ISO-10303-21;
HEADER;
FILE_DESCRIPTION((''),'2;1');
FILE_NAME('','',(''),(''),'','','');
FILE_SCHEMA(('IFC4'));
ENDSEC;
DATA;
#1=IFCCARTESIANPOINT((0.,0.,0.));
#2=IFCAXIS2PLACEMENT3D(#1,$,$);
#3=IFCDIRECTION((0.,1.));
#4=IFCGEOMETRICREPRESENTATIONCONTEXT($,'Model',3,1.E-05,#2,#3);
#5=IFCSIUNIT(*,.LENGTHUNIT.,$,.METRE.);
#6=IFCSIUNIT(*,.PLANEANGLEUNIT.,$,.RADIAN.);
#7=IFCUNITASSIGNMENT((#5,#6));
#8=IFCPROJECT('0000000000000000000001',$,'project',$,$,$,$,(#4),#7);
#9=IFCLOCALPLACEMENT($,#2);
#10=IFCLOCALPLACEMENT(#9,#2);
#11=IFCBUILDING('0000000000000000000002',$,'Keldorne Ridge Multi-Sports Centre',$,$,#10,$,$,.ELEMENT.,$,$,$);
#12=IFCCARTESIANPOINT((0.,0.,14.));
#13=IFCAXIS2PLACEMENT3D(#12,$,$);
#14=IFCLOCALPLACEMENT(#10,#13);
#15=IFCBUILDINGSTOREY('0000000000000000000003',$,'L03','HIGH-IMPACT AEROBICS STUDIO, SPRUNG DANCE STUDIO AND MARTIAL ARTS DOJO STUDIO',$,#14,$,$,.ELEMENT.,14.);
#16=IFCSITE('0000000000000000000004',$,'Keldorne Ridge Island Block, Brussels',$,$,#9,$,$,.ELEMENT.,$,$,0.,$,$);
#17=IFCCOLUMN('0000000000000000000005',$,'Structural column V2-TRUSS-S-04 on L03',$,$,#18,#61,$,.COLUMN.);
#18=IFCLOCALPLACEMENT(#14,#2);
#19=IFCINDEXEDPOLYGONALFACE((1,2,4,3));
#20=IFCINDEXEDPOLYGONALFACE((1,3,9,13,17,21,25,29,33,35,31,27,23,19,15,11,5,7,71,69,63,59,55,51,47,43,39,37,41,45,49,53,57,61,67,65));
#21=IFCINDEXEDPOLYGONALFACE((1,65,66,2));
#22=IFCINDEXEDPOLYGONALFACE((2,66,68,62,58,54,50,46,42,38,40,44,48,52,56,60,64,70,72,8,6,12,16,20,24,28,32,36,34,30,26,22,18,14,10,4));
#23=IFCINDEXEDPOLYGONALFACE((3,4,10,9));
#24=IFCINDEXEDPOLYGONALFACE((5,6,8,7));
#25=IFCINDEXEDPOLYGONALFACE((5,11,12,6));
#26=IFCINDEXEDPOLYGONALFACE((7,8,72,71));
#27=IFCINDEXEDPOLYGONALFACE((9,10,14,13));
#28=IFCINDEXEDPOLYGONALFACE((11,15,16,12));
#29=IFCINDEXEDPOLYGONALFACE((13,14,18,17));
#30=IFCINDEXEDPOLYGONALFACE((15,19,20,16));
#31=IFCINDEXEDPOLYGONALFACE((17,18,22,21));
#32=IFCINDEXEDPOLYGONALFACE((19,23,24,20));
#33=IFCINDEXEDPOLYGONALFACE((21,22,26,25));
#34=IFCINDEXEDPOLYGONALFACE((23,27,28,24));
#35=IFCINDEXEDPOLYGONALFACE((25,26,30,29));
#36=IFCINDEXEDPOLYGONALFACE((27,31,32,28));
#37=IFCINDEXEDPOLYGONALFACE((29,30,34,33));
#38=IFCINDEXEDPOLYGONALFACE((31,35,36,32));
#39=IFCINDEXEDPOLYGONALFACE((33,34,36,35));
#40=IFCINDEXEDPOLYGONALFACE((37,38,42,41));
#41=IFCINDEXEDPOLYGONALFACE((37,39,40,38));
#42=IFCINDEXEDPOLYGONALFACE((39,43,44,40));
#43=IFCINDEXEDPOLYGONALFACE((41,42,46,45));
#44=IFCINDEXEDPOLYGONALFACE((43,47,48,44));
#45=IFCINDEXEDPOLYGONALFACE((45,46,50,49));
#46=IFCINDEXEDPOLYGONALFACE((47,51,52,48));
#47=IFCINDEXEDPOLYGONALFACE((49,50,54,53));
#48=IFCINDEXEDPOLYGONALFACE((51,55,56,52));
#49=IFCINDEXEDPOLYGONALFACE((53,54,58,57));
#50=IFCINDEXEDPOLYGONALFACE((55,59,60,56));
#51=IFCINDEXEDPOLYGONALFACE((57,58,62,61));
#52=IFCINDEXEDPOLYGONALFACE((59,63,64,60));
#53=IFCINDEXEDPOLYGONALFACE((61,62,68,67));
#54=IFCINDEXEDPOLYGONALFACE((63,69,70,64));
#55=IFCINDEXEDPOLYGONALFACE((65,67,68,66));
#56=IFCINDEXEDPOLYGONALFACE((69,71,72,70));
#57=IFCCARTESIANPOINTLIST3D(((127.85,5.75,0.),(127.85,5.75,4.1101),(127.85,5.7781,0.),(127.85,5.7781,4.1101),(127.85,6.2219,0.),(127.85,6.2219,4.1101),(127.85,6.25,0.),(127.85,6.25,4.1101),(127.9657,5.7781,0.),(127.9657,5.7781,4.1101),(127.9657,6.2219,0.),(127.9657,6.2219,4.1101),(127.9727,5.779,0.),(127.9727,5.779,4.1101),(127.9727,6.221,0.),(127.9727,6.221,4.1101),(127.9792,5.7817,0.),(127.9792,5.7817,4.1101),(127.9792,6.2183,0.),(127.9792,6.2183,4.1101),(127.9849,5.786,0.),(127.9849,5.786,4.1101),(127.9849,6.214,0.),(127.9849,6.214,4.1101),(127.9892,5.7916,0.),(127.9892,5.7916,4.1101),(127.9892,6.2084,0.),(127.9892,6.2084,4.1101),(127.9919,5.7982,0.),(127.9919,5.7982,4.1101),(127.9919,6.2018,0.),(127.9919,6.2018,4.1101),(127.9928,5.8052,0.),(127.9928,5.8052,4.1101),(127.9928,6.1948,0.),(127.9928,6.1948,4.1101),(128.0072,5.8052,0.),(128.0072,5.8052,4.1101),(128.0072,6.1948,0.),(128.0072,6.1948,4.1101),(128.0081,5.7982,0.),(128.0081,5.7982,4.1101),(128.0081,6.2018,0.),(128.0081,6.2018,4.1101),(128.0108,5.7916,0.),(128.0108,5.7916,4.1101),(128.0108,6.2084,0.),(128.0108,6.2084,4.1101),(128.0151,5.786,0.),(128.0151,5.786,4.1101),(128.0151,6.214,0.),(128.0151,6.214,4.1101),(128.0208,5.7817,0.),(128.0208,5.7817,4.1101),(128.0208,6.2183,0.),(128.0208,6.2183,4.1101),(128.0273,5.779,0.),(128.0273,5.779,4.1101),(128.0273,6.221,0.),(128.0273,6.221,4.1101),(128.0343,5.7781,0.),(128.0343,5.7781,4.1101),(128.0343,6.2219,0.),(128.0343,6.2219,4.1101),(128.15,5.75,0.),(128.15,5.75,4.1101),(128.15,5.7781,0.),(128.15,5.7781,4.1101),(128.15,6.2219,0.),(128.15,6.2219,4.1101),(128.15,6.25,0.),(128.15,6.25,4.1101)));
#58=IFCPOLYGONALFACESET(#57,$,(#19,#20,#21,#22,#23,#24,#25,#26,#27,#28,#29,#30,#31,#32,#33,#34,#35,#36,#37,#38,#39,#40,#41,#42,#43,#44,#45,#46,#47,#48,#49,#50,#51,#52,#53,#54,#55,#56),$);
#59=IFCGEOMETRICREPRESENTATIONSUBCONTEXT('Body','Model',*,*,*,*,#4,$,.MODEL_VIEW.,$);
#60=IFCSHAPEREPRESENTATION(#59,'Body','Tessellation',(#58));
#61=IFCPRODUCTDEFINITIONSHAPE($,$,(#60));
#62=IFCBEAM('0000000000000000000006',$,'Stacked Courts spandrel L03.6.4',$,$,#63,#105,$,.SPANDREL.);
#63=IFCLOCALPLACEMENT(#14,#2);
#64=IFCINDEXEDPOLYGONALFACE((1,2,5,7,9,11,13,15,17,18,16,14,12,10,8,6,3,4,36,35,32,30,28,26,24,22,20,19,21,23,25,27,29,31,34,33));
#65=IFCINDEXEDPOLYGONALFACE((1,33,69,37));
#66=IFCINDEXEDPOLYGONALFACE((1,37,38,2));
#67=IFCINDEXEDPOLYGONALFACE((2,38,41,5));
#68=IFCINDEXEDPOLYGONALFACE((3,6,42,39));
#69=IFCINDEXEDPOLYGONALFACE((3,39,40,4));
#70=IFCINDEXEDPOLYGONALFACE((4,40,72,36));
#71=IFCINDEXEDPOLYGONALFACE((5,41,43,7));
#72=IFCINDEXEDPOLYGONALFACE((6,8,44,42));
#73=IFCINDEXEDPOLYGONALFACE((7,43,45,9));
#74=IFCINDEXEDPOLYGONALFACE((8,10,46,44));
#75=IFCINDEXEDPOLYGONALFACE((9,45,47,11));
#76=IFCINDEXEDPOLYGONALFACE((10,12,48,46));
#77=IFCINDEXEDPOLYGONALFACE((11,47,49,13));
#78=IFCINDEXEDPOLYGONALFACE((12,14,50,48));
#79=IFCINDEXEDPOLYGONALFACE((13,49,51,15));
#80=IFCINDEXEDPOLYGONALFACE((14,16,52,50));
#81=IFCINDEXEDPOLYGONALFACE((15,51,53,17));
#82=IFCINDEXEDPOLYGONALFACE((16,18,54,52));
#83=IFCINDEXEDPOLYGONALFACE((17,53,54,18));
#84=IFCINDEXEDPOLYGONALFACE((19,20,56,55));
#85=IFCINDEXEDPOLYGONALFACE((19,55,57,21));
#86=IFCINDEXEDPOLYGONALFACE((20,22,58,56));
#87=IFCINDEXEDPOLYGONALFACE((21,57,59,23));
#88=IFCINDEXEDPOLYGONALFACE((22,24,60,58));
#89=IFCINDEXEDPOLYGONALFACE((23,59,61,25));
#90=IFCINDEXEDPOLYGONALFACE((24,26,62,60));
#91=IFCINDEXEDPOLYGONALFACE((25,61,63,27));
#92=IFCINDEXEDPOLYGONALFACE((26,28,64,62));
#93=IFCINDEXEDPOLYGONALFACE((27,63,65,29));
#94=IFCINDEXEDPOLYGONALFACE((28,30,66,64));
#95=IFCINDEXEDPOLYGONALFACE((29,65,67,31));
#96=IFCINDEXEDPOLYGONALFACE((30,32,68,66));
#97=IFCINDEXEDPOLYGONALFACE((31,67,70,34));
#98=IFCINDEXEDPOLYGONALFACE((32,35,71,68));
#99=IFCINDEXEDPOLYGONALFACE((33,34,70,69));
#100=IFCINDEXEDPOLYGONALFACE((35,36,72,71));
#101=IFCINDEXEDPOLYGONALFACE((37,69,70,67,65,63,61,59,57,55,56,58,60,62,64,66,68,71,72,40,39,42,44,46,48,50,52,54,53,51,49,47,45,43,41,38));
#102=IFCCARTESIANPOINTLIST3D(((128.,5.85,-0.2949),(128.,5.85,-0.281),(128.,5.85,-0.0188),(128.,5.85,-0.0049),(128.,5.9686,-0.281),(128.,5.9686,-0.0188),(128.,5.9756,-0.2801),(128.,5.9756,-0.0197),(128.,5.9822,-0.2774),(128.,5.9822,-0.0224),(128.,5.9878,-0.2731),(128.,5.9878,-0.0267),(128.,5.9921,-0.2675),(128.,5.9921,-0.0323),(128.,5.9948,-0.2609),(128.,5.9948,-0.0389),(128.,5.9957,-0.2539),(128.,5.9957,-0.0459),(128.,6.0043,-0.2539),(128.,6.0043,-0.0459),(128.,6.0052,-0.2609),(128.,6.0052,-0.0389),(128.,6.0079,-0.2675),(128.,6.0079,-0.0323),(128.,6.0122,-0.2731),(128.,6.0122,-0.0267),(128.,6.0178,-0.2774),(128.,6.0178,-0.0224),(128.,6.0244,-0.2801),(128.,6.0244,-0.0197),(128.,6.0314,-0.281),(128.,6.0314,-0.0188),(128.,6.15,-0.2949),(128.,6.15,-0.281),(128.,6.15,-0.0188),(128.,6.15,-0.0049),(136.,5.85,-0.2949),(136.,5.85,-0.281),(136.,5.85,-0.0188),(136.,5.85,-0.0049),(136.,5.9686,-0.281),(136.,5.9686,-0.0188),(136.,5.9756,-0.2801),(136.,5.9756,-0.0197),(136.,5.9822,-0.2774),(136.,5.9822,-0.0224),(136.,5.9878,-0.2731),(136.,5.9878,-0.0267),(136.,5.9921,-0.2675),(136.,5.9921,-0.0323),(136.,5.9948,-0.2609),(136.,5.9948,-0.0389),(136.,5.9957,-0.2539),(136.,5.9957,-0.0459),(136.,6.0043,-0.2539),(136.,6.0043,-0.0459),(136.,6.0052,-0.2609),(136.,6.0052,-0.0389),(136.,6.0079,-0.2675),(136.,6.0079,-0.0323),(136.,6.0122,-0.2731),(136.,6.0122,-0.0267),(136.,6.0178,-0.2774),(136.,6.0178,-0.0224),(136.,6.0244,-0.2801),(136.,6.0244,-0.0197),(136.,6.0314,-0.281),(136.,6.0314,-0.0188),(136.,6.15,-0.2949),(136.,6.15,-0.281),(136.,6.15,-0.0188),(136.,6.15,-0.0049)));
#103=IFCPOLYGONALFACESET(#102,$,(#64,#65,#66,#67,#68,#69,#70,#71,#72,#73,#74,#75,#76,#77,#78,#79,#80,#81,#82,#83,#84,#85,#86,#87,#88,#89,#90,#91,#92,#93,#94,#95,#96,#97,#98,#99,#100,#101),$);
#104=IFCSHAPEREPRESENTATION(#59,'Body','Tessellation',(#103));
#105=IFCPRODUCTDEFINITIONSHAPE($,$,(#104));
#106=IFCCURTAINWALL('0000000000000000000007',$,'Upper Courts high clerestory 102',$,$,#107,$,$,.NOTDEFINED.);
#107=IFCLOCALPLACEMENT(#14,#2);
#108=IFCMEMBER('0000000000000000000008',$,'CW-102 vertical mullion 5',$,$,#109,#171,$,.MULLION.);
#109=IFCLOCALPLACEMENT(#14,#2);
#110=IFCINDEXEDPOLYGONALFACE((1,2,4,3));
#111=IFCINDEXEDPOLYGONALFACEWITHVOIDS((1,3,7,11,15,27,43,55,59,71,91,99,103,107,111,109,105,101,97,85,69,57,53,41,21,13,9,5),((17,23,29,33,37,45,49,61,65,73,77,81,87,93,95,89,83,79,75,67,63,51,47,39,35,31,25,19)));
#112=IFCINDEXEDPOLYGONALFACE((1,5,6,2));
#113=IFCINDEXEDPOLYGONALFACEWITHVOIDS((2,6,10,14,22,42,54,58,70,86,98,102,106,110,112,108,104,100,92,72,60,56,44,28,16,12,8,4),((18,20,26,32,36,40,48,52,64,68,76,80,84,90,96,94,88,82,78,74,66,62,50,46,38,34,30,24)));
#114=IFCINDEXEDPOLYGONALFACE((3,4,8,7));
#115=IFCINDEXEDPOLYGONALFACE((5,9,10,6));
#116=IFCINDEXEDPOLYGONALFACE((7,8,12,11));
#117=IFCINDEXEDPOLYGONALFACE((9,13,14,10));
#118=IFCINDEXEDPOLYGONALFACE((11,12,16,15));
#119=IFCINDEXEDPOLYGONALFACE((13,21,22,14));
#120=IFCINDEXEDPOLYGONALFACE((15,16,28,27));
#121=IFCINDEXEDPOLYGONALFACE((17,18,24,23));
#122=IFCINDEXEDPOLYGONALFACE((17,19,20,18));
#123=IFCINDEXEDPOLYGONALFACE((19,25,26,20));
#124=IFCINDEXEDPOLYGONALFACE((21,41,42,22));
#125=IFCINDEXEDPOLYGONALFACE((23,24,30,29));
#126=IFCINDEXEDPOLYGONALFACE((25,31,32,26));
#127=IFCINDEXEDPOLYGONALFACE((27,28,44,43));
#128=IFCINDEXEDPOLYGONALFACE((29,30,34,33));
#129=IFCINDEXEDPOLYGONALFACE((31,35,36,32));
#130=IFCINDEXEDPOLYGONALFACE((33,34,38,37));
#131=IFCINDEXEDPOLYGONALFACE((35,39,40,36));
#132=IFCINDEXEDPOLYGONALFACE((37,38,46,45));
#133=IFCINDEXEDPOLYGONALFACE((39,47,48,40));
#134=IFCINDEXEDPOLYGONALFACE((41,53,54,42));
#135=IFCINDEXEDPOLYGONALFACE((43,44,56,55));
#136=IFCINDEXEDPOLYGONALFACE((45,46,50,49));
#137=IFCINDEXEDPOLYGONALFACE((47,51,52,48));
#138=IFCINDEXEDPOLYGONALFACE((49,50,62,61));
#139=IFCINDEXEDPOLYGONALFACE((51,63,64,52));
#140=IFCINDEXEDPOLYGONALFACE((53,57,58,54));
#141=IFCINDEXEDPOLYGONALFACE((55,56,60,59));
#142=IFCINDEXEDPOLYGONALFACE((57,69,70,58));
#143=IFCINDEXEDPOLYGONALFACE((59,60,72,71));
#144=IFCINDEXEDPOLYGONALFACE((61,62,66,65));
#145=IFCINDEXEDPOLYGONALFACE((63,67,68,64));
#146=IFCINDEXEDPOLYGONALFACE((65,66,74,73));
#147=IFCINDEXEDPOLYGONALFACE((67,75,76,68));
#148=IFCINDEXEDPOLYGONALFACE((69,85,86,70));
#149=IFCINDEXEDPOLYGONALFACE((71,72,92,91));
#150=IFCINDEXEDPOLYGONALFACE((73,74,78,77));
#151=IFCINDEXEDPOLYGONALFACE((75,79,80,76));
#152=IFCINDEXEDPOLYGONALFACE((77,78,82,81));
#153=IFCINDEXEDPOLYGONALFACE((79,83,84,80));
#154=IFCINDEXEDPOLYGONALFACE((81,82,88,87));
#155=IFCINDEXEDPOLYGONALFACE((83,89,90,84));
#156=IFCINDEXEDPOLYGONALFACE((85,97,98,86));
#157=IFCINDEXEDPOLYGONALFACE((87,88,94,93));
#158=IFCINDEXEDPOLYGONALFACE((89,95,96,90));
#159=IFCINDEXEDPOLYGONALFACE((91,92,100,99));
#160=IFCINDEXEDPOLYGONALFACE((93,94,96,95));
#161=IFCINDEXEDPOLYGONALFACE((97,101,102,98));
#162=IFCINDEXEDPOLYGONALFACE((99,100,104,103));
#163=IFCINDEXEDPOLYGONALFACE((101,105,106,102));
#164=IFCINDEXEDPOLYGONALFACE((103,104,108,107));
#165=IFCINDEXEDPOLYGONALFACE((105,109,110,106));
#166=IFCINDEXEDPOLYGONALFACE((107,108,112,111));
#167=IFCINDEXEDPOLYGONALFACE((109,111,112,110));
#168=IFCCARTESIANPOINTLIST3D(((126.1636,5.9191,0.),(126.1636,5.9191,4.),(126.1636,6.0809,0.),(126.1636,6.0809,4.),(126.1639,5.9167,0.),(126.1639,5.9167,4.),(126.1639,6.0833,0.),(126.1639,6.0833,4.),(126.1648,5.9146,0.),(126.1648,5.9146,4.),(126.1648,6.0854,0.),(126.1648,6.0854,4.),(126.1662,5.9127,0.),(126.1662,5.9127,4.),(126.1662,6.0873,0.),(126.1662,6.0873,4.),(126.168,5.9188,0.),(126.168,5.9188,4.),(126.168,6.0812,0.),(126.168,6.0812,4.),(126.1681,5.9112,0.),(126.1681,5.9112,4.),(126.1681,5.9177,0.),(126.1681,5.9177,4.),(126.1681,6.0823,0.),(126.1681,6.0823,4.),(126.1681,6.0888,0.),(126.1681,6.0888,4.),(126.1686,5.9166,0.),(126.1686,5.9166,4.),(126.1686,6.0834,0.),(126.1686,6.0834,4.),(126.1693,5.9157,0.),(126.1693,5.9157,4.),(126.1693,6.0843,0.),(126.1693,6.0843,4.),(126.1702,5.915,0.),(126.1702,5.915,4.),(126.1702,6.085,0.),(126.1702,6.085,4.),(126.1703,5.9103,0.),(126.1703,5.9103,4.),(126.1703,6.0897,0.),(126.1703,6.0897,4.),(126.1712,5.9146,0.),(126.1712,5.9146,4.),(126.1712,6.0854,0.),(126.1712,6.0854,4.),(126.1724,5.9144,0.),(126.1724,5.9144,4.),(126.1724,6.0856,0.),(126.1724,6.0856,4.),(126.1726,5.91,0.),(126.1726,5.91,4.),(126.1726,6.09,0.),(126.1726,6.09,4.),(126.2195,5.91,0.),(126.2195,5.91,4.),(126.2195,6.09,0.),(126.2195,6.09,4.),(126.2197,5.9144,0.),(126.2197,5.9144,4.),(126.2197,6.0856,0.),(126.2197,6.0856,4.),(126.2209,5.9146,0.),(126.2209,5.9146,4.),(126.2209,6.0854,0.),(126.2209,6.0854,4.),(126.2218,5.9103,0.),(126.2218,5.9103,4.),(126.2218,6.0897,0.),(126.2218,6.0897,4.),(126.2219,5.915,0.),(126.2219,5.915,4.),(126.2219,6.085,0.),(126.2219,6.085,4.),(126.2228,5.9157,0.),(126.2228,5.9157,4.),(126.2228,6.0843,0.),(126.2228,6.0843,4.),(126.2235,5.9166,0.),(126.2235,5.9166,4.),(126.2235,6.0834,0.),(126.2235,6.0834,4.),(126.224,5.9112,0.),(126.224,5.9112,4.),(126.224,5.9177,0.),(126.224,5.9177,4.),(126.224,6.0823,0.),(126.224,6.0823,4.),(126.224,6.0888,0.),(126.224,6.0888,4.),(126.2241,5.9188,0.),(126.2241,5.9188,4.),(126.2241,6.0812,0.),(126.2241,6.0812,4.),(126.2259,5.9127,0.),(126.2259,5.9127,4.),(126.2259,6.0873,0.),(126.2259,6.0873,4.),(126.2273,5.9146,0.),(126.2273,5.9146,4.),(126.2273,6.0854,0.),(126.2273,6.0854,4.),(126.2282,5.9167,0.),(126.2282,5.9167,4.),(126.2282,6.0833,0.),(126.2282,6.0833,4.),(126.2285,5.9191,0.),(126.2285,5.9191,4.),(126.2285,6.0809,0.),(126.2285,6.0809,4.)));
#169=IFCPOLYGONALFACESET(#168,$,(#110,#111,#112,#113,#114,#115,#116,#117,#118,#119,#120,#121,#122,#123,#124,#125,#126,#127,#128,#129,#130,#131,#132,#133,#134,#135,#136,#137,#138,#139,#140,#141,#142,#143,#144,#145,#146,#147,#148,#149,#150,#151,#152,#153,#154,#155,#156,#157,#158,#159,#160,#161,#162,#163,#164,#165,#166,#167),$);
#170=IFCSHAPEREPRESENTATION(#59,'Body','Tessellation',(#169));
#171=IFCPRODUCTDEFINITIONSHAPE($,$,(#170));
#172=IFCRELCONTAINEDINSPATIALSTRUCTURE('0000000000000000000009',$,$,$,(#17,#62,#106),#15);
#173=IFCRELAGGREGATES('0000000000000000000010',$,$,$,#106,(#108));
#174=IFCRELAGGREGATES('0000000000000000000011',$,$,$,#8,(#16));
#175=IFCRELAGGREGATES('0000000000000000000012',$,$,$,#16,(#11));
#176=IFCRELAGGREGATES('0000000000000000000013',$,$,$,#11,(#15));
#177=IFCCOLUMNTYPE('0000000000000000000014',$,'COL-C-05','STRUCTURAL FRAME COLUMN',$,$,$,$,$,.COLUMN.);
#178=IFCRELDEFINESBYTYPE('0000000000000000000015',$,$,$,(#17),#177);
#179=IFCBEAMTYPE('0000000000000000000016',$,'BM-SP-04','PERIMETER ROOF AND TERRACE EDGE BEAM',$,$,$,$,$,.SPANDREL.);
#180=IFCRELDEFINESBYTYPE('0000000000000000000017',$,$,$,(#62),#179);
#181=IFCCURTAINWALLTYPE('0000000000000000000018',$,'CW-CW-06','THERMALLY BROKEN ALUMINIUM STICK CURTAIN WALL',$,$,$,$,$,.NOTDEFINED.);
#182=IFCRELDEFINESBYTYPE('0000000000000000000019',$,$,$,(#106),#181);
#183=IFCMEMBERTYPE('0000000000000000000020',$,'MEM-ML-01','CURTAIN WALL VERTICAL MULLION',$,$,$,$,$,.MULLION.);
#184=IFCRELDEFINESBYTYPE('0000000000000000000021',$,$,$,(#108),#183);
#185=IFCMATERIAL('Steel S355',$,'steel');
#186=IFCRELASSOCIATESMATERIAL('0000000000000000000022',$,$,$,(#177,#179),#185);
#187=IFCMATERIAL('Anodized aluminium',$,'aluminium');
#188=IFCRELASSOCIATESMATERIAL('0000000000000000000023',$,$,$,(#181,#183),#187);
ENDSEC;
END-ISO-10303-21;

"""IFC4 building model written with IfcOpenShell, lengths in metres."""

from ifc_helpers import new_model, si_unit, direction, frame, origin, origin_2d, place, context, subcontext, project, spatial, hollow_rectangle, i_section, extrude, material, material_profile, profile_set, type_object, element, aggregate, save


model = new_model("IFC4")

# Units and contexts
model_context = context("Model", 3, precision=1e-05, world=origin(), true_north=direction((0.0, 1.0)))
body_context = subcontext(model_context, "Body", "Model", "MODEL_VIEW")
ifc_project = project(units=[si_unit("LENGTHUNIT", "METRE"), si_unit("PLANEANGLEUNIT", "RADIAN")], contexts=[model_context])

# Site, building, storey
site_placement = place(None, origin())
site = spatial("IfcSite", under=ifc_project, at=site_placement, Name="Keldorne Ridge Island Block, Brussels", CompositionType="ELEMENT", RefElevation=0.0)
building_placement = place(site_placement, origin())
building = spatial("IfcBuilding", under=site, at=building_placement, Name="Keldorne Ridge Multi-Sports Centre", CompositionType="ELEMENT")
storey_placement = place(building_placement, frame((0.0, 0.0, 14.0)))
storey = spatial("IfcBuildingStorey", under=building, at=storey_placement, Name="L03", Description="HIGH-IMPACT AEROBICS STUDIO, SPRUNG DANCE STUDIO AND MARTIAL ARTS DOJO STUDIO", CompositionType="ELEMENT", Elevation=14.0)

# Column
ifc_material_1 = material(Name="Steel S355", Category="steel")
ifc_material_profile_1 = material_profile(ifc_material_1, i_section(OverallWidth=0.3, OverallDepth=0.5, WebThickness=0.0144, FlangeThickness=0.0281, FilletRadius=0.0271, at=origin_2d()), Name="HEB 500")
ifc_profile_set_1 = profile_set([ifc_material_profile_1], Name="Steel S355")
column_type = type_object("IfcColumnType", Name="COL-C-05", Description="STRUCTURAL FRAME COLUMN", PredefinedType="COLUMN", material=ifc_profile_set_1)
column_placement = place(storey_placement, frame((128.0, 6.0, 0.0), z_axis=(0.0, 0.0, 1.0), x_axis=(1.0, 0.0, 0.0)))
element("IfcColumn", 1, at=column_placement, inside=storey, type_object=column_type, Name="Structural column V2-TRUSS-S-04 on L03", PredefinedType="COLUMN", context=body_context, shape_type="SweptSolid", body=[
    extrude(i_section(OverallWidth=0.3, OverallDepth=0.5, WebThickness=0.0144, FlangeThickness=0.0281, FilletRadius=0.0271, at=origin_2d()), origin(), (0.0, 0.0, 1.0), 4.1101),
])

# Beam
ifc_material_profile_2 = material_profile(ifc_material_1, i_section(OverallWidth=0.3, OverallDepth=0.29, WebThickness=0.0085, FlangeThickness=0.0139, FilletRadius=0.0271, at=origin_2d()), Name="HEA 300")
ifc_profile_set_2 = profile_set([ifc_material_profile_2], Name="Steel S355")
beam_type = type_object("IfcBeamType", Name="BM-SP-04", Description="PERIMETER ROOF AND TERRACE EDGE BEAM", PredefinedType="SPANDREL", material=ifc_profile_set_2)
beam_placement = place(storey_placement, frame((128.0, 6.0, -0.1499), z_axis=(1.0, 0.0, 0.0), x_axis=(0.0, 1.0, 0.0)))
element("IfcBeam", 2, at=beam_placement, inside=storey, type_object=beam_type, Name="Stacked Courts spandrel L03.6.4", PredefinedType="SPANDREL", context=body_context, shape_type="SweptSolid", body=[
    extrude(i_section(OverallWidth=0.3, OverallDepth=0.29, WebThickness=0.0085, FlangeThickness=0.0139, FilletRadius=0.0271, at=origin_2d()), origin(), (0.0, 0.0, 1.0), 8.0),
])

# Curtain wall, member
ifc_material_2 = material(Name="Anodized aluminium", Category="aluminium")
curtain_wall_type_1 = type_object("IfcCurtainWallType", Name="CW-CW-06", Description="THERMALLY BROKEN ALUMINIUM STICK CURTAIN WALL", PredefinedType="NOTDEFINED", material=ifc_material_2)
curtain_wall_1_placement = place(storey_placement, origin())
curtain_wall_1 = element("IfcCurtainWall", 3, at=curtain_wall_1_placement, inside=storey, type_object=curtain_wall_type_1, Name="Upper Courts high clerestory 102", PredefinedType="NOTDEFINED")
ifc_material_profile_3 = material_profile(ifc_material_2, hollow_rectangle(XDim=0.0649, YDim=0.1799, WallThickness=0.0044, InnerFilletRadius=0.0044, OuterFilletRadius=0.009, at=origin_2d()), Name="ALU MULLION 180x65x4.5")
ifc_profile_set_3 = profile_set([ifc_material_profile_3], Name="Anodized aluminium")
member_type_1 = type_object("IfcMemberType", Name="MEM-ML-01", Description="CURTAIN WALL VERTICAL MULLION", PredefinedType="MULLION", material=ifc_profile_set_3)
member_1_placement = place(storey_placement, frame((126.196, 6.0, 0.0), z_axis=(0.0, 0.0, 1.0), x_axis=(1.0, 0.0, 0.0)))
member_1 = element("IfcMember", 4, at=member_1_placement, type_object=member_type_1, Name="CW-102 vertical mullion 5", PredefinedType="MULLION", context=body_context, shape_type="SweptSolid", body=[
    extrude(hollow_rectangle(XDim=0.0649, YDim=0.1799, WallThickness=0.0044, InnerFilletRadius=0.0044, OuterFilletRadius=0.009, at=origin_2d()), origin(), (0.0, 0.0, 1.0), 4.0),
])

aggregate(curtain_wall_1, [member_1])

save(model, "model.ifc")
